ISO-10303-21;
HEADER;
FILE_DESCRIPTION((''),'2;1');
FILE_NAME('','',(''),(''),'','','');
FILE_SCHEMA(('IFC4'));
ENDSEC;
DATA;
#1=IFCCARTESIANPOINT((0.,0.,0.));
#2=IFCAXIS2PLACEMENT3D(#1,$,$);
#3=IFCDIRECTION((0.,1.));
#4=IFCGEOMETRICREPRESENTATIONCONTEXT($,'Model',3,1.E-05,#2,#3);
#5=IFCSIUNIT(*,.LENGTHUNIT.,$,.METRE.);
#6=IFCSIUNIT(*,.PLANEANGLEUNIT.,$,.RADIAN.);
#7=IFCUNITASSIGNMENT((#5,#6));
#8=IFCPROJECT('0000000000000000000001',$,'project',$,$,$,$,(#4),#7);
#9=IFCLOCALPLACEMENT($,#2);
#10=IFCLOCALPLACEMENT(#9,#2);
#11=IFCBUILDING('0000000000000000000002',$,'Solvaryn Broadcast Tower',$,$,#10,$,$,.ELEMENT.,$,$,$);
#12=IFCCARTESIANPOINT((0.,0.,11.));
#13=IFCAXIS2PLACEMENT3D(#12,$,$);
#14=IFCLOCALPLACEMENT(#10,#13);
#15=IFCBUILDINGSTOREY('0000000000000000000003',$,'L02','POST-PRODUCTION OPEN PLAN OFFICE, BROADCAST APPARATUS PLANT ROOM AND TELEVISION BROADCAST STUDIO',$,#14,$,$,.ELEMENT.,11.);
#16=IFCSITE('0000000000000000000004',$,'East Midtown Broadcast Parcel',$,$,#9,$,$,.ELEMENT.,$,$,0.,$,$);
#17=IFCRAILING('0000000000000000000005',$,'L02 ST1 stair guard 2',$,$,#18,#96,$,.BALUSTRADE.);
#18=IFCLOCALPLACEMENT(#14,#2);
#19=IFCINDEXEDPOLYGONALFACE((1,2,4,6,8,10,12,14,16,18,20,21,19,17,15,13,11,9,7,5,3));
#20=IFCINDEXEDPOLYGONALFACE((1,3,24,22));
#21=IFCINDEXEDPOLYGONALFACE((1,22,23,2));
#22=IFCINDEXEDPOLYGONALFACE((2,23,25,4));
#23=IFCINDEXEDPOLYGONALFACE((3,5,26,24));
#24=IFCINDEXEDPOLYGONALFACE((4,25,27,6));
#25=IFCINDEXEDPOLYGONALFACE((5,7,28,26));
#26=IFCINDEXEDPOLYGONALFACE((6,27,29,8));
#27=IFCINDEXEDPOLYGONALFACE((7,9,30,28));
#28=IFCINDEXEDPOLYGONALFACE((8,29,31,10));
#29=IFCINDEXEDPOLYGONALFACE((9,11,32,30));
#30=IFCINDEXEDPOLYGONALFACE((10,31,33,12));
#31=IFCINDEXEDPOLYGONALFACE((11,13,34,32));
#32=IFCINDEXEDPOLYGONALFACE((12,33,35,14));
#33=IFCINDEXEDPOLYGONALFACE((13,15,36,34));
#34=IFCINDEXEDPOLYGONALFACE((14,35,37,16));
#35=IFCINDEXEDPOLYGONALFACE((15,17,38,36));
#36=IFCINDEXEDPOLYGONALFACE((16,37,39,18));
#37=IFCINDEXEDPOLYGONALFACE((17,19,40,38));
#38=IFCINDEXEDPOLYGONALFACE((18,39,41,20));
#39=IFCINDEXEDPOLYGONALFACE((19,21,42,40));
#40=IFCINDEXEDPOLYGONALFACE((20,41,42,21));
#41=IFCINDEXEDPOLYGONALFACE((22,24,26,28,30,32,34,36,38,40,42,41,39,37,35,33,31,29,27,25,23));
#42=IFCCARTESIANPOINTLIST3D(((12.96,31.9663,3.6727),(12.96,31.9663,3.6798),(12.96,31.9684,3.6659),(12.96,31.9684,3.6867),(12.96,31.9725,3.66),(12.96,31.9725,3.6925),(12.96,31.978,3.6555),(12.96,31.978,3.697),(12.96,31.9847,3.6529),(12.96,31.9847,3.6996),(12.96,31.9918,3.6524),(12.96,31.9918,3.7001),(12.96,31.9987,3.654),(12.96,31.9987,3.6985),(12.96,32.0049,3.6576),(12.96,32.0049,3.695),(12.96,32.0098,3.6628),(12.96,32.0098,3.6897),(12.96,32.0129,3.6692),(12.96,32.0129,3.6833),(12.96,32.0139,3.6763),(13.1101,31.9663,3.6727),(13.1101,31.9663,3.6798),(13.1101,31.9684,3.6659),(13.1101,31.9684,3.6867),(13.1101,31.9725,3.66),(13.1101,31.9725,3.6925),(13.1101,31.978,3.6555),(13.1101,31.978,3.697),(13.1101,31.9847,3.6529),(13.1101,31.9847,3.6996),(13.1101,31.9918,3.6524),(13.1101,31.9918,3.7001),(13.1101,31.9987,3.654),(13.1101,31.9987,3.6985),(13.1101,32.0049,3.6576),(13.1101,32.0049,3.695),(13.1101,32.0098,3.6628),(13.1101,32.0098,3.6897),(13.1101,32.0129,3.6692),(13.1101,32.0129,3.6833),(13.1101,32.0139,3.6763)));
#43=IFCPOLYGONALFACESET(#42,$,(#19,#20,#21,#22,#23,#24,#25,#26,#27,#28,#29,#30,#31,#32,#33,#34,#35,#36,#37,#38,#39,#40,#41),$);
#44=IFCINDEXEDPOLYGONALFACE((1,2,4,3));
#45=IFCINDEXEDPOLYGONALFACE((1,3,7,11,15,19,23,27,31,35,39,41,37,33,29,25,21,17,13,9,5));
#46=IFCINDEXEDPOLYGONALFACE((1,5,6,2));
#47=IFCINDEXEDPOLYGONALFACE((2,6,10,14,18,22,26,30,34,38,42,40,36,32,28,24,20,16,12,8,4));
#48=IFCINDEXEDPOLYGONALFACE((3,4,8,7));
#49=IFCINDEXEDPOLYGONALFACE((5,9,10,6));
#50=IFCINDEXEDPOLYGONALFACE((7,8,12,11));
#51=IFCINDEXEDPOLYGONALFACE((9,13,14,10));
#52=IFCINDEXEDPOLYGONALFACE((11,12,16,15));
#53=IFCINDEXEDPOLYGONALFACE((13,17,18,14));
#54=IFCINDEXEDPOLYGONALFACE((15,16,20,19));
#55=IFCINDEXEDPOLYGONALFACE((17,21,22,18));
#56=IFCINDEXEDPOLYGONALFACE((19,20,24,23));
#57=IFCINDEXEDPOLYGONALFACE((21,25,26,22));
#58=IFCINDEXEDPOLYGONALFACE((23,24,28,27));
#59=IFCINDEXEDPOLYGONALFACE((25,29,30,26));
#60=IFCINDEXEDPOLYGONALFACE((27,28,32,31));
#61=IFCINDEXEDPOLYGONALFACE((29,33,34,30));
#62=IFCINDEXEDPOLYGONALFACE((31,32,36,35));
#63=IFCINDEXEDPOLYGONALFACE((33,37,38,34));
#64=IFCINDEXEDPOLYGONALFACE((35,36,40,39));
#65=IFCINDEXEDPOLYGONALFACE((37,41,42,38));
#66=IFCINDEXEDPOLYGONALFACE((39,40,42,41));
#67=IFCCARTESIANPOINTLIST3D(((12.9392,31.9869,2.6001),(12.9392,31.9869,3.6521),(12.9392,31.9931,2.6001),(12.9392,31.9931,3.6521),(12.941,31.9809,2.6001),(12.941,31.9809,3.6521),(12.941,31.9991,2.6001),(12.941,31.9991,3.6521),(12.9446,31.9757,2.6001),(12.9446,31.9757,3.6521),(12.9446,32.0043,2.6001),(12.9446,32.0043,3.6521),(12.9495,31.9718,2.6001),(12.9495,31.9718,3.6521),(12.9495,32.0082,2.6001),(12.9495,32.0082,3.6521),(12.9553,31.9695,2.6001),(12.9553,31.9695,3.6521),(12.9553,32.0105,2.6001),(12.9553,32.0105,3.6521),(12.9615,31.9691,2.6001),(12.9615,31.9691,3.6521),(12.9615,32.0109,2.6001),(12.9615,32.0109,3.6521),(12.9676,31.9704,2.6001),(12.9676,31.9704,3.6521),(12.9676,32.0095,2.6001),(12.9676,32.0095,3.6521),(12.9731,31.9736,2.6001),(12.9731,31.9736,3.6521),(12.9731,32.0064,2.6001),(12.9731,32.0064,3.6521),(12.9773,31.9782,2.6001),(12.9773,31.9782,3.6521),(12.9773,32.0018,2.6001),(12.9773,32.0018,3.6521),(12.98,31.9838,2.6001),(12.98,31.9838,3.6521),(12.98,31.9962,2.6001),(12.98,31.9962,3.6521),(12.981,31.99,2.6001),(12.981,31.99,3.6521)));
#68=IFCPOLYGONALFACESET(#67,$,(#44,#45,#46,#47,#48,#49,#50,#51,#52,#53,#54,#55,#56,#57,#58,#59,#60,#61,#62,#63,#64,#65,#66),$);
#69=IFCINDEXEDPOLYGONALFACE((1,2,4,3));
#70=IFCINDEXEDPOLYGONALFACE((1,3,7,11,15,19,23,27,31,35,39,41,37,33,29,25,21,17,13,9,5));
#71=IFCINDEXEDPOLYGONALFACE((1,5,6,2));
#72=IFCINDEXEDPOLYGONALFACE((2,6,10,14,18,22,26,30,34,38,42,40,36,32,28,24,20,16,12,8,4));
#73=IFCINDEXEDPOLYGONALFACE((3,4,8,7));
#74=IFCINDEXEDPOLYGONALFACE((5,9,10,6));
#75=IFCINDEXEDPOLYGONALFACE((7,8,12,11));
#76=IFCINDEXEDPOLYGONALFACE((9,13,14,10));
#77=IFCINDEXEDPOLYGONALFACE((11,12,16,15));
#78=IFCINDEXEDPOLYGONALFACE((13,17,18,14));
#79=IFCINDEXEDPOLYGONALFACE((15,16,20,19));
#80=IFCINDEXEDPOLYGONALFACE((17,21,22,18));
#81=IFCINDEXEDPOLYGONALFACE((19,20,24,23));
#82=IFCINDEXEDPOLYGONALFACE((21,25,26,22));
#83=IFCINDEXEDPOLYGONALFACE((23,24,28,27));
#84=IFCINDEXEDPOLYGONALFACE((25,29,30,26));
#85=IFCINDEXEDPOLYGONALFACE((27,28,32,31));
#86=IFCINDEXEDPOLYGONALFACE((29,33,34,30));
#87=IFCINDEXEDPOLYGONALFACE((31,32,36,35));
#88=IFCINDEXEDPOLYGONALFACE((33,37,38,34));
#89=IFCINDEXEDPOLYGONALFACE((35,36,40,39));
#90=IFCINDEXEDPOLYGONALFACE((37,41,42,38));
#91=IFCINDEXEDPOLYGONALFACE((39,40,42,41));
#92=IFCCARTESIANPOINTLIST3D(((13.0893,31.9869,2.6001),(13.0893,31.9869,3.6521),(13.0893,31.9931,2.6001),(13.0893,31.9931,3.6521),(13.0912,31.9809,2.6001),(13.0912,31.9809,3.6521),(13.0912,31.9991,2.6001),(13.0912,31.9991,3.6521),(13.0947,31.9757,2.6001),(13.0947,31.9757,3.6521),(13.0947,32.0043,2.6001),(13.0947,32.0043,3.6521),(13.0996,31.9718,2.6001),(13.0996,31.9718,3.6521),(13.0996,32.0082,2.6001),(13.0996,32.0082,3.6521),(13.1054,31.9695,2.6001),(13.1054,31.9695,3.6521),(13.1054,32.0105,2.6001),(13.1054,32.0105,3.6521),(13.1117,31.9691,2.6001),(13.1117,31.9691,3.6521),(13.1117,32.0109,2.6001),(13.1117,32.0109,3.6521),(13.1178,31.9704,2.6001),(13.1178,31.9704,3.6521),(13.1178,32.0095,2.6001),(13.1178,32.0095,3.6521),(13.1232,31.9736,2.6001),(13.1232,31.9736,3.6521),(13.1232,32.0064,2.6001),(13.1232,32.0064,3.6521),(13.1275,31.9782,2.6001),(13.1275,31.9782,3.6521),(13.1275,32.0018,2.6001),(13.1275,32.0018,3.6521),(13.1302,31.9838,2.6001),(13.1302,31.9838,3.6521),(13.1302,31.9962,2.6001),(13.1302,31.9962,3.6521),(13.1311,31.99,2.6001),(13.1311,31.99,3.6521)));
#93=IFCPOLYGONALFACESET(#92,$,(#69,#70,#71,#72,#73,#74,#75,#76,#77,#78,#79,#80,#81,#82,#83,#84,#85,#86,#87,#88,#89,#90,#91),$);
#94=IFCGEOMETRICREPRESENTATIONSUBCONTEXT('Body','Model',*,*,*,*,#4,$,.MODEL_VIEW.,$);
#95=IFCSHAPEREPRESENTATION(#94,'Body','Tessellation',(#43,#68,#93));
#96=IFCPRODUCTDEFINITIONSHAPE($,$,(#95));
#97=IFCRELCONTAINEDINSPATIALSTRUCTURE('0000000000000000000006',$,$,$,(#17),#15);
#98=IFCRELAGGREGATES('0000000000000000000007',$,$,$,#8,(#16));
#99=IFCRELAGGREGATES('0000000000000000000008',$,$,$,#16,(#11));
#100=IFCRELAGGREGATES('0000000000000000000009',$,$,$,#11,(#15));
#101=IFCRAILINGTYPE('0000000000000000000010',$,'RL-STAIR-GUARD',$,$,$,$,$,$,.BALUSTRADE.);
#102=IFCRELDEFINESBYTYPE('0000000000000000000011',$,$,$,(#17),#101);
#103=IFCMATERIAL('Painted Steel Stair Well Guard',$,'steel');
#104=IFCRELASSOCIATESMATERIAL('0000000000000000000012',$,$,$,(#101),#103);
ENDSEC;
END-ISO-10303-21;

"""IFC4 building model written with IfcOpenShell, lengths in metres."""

from ifc_helpers import new_model, si_unit, direction, frame, origin, origin_2d, place, context, subcontext, project, spatial, circle, extrude, material, type_object, element, save


model = new_model("IFC4")

# Units and contexts
model_context = context("Model", 3, precision=1e-05, world=origin(), true_north=direction((0.0, 1.0)))
body_context = subcontext(model_context, "Body", "Model", "MODEL_VIEW")
ifc_project = project(units=[si_unit("LENGTHUNIT", "METRE"), si_unit("PLANEANGLEUNIT", "RADIAN")], contexts=[model_context])

# Site, building, storey
site_placement = place(None, origin())
site = spatial("IfcSite", under=ifc_project, at=site_placement, Name="East Midtown Broadcast Parcel", CompositionType="ELEMENT", RefElevation=0.0)
building_placement = place(site_placement, origin())
building = spatial("IfcBuilding", under=site, at=building_placement, Name="Solvaryn Broadcast Tower", CompositionType="ELEMENT")
storey_placement = place(building_placement, frame((0.0, 0.0, 11.0)))
storey = spatial("IfcBuildingStorey", under=building, at=storey_placement, Name="L02", Description="POST-PRODUCTION OPEN PLAN OFFICE, BROADCAST APPARATUS PLANT ROOM AND TELEVISION BROADCAST STUDIO", CompositionType="ELEMENT", Elevation=11.0)

# Railing
ifc_material_1 = material(Name="Painted Steel Stair Well Guard", Category="steel")
railing_type_1 = type_object("IfcRailingType", Name="RL-STAIR-GUARD", PredefinedType="BALUSTRADE", material=ifc_material_1)
railing_1_placement = place(storey_placement, frame((12.96, 31.99, 2.6001)))
element("IfcRailing", 1, at=railing_1_placement, inside=storey, type_object=railing_type_1, Name="L02 ST1 stair guard 2", PredefinedType="BALUSTRADE", context=body_context, shape_type="SweptSolid", body=[
    extrude(circle(Radius=0.0239, at=origin_2d()), frame((0.0, 0.0, 1.0762), z_axis=(1.0, 0.0, 0.0), x_axis=(0.0, 1.0, 0.0)), (0.0, 0.0, 1.0), 0.1501),
    extrude(circle(Radius=0.021, at=origin_2d()), origin(), (0.0, 0.0, 1.0), 1.052),
    extrude(circle(Radius=0.021, at=origin_2d()), frame((0.1501, 0.0, 0.0)), (0.0, 0.0, 1.0), 1.052),
])

save(model, "model.ifc")
